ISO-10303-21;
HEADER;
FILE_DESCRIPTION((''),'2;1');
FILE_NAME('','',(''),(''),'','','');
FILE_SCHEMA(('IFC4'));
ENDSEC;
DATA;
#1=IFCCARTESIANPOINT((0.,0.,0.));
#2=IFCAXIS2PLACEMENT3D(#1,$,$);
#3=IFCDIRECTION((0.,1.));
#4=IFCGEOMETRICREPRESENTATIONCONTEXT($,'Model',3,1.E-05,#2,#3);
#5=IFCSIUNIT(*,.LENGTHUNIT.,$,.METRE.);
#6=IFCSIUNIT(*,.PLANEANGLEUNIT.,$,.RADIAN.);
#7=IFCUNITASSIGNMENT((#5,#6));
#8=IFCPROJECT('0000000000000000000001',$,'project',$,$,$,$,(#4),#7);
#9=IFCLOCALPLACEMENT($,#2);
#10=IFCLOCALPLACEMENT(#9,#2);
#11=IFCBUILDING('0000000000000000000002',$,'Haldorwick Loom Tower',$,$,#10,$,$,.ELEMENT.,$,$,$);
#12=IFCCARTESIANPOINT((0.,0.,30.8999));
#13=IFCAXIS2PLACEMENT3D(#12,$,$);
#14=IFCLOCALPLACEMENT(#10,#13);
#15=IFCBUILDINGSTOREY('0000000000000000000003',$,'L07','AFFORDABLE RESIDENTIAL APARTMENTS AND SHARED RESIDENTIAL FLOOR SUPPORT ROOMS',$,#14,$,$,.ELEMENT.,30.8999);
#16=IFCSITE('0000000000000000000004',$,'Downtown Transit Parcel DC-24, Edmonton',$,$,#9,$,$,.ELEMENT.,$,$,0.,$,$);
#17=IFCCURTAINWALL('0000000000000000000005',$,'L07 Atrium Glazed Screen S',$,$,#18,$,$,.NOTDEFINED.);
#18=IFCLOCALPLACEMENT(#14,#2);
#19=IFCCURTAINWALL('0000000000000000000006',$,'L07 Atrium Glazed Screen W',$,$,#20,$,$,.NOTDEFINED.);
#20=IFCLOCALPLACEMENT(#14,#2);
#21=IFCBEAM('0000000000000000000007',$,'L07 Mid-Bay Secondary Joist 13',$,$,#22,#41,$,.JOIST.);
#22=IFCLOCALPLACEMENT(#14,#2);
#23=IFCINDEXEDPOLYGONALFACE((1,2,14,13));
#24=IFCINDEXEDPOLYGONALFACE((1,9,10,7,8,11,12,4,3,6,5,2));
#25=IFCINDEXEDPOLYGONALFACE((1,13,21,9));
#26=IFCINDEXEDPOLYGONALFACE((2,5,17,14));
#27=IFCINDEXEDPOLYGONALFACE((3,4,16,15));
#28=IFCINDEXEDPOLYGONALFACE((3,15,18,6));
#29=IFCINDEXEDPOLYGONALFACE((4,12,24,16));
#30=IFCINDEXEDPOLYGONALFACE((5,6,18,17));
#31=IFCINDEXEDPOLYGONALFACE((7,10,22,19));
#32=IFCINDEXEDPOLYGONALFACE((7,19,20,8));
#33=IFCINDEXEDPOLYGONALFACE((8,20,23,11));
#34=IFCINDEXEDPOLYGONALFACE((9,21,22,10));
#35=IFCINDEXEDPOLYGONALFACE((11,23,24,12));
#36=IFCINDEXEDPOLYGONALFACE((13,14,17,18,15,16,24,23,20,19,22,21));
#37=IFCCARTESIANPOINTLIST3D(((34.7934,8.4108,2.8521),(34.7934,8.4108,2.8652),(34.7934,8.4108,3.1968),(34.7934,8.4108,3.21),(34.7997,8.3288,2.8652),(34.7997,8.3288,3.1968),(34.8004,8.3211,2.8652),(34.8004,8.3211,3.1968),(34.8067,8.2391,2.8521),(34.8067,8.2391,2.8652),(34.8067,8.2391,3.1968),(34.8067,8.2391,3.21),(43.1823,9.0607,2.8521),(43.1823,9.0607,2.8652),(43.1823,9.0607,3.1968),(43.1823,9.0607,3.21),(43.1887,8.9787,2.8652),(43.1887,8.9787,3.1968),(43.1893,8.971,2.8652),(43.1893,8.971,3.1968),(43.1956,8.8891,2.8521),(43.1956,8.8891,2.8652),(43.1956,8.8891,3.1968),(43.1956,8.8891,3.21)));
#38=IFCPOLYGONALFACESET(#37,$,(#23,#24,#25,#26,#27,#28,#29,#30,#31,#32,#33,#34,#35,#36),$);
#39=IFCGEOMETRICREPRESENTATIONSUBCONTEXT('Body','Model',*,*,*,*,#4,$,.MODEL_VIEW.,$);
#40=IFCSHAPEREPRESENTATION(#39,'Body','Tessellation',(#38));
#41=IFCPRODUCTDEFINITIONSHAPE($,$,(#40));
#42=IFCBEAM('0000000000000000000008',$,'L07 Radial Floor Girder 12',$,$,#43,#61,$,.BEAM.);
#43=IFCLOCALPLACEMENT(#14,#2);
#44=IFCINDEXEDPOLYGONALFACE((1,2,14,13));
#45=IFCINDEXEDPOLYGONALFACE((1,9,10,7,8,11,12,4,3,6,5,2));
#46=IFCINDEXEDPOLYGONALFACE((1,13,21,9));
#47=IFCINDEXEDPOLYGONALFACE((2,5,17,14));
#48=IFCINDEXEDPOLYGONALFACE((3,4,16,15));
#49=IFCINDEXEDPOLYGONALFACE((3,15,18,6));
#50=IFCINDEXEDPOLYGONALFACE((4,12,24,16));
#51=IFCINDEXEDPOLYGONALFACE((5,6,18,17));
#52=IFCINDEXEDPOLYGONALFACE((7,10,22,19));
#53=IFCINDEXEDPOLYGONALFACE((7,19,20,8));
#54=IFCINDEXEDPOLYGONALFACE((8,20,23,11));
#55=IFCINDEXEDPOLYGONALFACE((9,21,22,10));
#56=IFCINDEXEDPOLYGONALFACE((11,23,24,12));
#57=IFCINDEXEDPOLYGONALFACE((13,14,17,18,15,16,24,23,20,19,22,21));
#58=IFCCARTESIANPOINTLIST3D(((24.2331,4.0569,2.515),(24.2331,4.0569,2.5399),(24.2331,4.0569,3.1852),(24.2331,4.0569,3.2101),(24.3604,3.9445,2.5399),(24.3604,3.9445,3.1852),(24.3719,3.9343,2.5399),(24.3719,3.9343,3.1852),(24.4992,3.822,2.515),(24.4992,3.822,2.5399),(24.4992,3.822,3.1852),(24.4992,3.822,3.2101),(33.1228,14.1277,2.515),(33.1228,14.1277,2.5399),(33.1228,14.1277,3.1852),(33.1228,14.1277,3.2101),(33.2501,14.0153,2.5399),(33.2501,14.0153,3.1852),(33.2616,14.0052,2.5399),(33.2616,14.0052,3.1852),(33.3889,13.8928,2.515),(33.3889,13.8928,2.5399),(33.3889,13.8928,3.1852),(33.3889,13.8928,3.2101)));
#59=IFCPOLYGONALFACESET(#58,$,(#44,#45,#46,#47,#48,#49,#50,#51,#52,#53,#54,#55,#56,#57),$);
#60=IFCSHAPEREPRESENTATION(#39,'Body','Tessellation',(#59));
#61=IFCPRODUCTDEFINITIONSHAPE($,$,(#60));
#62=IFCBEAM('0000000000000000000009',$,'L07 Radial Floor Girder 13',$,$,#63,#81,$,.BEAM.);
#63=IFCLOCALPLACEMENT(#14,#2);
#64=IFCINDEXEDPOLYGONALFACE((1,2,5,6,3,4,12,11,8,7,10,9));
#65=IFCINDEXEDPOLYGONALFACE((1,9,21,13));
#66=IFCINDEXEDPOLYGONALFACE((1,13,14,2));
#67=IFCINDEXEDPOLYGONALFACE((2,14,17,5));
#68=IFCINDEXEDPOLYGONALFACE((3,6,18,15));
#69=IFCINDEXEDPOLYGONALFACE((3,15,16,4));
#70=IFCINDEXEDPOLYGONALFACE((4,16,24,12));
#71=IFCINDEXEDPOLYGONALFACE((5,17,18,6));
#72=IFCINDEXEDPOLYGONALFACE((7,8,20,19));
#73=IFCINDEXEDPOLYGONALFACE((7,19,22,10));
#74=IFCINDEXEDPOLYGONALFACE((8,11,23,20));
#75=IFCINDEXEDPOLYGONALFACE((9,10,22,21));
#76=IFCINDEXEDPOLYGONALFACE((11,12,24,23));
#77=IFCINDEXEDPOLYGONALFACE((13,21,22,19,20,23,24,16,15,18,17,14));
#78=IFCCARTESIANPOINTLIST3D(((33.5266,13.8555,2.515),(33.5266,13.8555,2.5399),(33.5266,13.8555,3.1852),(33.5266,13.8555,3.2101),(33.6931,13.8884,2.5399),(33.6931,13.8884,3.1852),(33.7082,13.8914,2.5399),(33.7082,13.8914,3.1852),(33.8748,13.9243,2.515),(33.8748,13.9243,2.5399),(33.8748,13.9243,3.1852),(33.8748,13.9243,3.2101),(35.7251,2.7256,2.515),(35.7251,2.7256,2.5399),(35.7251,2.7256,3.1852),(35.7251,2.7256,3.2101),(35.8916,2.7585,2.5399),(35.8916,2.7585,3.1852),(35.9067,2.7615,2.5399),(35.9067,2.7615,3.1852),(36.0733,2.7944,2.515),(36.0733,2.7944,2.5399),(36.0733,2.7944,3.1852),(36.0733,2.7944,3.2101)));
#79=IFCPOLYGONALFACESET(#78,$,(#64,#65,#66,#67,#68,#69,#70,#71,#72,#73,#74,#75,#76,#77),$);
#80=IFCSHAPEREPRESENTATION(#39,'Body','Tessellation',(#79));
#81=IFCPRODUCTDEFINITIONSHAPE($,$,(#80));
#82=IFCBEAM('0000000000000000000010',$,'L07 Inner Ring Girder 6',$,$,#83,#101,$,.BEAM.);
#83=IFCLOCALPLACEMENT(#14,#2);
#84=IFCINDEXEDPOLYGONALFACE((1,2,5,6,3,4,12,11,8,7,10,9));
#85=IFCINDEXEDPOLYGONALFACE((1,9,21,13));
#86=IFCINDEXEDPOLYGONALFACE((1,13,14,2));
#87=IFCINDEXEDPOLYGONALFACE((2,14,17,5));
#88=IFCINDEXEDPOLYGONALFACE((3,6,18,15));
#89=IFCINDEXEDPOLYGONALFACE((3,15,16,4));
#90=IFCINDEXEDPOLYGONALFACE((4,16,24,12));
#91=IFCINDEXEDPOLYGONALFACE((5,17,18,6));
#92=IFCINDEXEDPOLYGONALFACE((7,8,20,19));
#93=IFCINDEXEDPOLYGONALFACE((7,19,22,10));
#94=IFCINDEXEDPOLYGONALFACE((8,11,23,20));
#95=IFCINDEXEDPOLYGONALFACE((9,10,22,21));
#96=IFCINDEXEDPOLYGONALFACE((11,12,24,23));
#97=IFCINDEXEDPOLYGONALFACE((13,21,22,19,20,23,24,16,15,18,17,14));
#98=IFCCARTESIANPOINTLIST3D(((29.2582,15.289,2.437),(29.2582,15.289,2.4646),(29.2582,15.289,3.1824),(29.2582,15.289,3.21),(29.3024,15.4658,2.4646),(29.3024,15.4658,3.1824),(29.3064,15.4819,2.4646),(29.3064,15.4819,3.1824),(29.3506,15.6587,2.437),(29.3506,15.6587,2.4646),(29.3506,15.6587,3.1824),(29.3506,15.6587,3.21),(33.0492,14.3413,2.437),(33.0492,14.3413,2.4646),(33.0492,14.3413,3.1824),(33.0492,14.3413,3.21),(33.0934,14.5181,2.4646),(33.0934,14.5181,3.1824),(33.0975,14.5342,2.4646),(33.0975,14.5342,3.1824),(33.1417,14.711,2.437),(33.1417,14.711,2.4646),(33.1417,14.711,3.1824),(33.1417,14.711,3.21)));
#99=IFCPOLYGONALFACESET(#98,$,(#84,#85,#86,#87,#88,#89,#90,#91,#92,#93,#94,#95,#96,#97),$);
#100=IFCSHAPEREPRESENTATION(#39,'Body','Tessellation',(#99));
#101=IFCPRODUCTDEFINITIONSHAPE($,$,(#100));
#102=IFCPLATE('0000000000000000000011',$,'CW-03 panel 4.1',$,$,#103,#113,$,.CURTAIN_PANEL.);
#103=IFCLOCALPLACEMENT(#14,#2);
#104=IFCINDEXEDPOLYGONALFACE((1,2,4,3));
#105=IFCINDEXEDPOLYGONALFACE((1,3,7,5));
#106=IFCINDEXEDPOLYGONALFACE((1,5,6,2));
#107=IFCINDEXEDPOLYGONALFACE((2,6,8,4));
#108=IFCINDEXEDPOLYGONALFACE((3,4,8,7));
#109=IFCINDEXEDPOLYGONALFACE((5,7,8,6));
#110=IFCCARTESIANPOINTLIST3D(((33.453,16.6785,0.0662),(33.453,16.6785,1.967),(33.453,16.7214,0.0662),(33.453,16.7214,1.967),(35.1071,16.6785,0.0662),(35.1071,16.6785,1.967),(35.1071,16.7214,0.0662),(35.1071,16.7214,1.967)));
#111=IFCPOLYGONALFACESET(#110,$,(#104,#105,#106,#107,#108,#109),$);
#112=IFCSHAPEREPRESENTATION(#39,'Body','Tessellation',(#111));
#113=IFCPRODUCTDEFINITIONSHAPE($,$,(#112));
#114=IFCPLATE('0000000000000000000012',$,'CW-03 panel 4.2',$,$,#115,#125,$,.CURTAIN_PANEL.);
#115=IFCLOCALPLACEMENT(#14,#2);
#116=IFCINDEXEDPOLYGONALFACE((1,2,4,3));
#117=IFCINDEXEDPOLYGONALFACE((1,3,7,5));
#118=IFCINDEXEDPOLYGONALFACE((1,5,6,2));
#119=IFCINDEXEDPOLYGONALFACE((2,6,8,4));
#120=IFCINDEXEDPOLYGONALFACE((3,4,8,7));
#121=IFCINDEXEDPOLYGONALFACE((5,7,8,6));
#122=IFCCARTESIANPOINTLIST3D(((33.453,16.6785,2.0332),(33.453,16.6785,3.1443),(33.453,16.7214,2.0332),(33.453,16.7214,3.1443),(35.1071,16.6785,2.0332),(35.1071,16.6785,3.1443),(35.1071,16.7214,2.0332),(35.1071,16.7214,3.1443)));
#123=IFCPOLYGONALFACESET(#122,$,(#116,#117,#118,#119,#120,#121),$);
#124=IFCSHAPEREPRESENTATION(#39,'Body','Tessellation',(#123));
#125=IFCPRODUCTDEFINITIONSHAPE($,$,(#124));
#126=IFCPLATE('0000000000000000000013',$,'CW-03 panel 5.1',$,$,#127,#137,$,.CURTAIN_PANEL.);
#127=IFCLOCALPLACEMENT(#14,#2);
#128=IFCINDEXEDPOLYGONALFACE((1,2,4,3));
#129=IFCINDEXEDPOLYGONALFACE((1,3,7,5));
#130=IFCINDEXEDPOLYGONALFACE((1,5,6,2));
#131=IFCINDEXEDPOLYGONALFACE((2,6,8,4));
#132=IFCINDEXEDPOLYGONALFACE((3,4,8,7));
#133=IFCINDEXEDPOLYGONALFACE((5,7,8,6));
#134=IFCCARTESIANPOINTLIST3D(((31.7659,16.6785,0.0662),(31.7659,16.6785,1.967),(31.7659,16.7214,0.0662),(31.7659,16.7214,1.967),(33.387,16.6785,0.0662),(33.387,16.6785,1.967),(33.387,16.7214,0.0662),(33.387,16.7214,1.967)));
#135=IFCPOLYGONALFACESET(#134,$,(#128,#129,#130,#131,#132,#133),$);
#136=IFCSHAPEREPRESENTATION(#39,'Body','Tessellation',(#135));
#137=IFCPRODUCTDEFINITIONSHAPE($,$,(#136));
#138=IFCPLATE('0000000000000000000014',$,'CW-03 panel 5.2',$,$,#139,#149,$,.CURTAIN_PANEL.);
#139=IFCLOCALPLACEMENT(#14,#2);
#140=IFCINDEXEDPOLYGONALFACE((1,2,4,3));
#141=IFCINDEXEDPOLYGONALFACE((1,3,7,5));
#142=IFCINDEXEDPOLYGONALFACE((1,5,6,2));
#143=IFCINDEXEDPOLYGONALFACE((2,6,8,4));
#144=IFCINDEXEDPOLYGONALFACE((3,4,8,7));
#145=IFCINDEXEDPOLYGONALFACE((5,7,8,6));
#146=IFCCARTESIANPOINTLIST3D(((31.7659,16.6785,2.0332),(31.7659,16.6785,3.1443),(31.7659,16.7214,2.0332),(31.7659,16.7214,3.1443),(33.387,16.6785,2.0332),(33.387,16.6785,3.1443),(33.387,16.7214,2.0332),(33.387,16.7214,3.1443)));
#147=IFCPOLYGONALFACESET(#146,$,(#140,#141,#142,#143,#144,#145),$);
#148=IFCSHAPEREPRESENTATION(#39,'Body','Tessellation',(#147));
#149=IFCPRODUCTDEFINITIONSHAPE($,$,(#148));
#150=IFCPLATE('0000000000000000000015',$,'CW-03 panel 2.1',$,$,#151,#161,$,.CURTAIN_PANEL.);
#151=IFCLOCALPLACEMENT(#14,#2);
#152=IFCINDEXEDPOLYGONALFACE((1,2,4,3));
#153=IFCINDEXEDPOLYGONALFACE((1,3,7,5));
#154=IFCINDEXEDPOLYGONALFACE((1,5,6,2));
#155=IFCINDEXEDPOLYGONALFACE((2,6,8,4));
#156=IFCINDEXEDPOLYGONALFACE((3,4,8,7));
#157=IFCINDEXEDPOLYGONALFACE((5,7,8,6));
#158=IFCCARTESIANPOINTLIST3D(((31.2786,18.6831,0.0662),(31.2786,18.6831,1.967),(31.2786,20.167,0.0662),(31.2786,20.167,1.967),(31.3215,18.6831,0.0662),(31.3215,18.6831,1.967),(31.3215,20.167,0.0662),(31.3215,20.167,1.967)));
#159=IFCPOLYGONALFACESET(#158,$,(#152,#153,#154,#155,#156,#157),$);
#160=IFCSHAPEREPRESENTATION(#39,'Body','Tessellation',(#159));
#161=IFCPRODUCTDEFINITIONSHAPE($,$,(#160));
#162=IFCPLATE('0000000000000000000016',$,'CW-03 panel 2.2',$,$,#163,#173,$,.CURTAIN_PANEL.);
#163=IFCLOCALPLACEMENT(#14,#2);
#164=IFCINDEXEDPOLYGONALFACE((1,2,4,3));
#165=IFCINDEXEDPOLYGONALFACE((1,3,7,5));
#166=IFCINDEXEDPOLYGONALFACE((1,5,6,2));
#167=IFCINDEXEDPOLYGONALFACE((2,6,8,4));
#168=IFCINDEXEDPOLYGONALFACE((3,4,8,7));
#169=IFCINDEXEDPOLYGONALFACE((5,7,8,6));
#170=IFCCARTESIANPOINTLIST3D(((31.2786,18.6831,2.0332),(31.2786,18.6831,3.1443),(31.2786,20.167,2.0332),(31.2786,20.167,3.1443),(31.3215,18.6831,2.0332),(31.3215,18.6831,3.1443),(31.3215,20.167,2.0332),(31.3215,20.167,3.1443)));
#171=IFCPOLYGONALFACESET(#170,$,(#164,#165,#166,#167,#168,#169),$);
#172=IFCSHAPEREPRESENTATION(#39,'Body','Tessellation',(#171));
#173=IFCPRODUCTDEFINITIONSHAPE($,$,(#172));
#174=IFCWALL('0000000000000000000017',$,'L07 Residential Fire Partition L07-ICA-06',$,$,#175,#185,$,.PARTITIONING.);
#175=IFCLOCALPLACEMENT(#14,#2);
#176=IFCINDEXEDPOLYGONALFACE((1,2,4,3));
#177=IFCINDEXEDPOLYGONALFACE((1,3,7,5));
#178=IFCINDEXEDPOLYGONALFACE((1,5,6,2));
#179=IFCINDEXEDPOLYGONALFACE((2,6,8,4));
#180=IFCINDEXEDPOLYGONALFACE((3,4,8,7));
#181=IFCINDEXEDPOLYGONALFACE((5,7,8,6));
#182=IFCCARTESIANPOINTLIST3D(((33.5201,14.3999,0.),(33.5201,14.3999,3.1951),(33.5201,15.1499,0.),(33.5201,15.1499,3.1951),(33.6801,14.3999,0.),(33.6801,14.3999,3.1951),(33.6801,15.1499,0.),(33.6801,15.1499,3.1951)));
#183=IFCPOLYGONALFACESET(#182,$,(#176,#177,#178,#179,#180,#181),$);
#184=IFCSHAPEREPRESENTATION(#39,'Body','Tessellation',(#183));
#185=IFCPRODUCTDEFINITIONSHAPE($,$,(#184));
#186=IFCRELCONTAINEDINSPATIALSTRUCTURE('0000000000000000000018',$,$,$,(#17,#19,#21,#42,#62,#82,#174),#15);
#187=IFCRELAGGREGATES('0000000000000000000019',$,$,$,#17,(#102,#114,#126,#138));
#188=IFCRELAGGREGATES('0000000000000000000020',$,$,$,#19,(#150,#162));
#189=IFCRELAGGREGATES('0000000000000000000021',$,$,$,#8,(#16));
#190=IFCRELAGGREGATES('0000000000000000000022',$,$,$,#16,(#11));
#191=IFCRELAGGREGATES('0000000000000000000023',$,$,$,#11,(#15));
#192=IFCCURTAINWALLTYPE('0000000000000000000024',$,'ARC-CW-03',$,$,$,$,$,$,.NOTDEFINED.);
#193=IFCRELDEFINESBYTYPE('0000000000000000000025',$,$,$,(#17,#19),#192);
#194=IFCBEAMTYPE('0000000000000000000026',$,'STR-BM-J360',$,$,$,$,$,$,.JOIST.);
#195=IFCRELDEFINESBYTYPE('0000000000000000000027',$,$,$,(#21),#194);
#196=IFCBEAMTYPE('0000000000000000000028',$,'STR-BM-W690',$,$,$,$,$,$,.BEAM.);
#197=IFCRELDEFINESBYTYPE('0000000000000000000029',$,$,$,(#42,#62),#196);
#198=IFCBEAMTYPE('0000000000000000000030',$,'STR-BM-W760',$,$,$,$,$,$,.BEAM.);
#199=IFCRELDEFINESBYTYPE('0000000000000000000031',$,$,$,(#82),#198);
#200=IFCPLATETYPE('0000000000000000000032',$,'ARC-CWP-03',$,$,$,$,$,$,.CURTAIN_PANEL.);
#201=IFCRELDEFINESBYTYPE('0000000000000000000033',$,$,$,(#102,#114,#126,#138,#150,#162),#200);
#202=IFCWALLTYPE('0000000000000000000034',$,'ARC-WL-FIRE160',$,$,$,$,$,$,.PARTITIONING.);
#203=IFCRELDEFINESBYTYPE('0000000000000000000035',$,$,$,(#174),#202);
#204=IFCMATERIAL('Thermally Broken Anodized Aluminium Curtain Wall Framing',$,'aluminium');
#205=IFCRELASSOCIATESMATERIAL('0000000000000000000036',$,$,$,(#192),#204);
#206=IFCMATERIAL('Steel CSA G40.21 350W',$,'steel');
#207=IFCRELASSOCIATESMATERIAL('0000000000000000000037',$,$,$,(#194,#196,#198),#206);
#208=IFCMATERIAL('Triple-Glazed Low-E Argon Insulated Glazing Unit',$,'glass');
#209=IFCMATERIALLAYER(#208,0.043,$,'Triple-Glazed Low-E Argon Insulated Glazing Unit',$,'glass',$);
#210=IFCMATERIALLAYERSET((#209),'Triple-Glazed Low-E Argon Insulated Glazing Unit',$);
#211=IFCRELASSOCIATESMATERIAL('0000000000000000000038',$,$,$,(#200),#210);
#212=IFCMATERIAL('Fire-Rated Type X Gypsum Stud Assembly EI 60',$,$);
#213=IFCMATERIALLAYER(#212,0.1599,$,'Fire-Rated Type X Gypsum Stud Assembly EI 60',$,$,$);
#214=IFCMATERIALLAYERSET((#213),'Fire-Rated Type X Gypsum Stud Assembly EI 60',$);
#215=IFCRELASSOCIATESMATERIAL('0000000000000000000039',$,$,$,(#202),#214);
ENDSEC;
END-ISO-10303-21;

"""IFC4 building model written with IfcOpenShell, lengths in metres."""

from ifc_helpers import new_model, si_unit, direction, frame, frame_2d, origin, origin_2d, place, context, subcontext, project, spatial, rectangle, i_section, extrude, material, layer, layer_set, material_profile, profile_set, type_object, element, aggregate, save


model = new_model("IFC4")

# Units and contexts
model_context = context("Model", 3, precision=1e-05, world=origin(), true_north=direction((0.0, 1.0)))
body_context = subcontext(model_context, "Body", "Model", "MODEL_VIEW")
ifc_project = project(units=[si_unit("LENGTHUNIT", "METRE"), si_unit("PLANEANGLEUNIT", "RADIAN")], contexts=[model_context])

# Site, building, storey
site_placement = place(None, origin())
site = spatial("IfcSite", under=ifc_project, at=site_placement, Name="Downtown Transit Parcel DC-24, Edmonton", CompositionType="ELEMENT", RefElevation=0.0)
building_placement = place(site_placement, origin())
building = spatial("IfcBuilding", under=site, at=building_placement, Name="Haldorwick Loom Tower", CompositionType="ELEMENT")
storey_placement = place(building_placement, frame((0.0, 0.0, 30.8999)))
storey = spatial("IfcBuildingStorey", under=building, at=storey_placement, Name="L07", Description="AFFORDABLE RESIDENTIAL APARTMENTS AND SHARED RESIDENTIAL FLOOR SUPPORT ROOMS", CompositionType="ELEMENT", Elevation=30.8999)

# Curtain wall
ifc_material_1 = material(Name="Thermally Broken Anodized Aluminium Curtain Wall Framing", Category="aluminium")
curtain_wall_type = type_object("IfcCurtainWallType", Name="ARC-CW-03", PredefinedType="NOTDEFINED", material=ifc_material_1)
curtain_wall_1_placement = place(storey_placement, origin())
curtain_wall_1 = element("IfcCurtainWall", 1, at=curtain_wall_1_placement, inside=storey, type_object=curtain_wall_type, Name="L07 Atrium Glazed Screen S", PredefinedType="NOTDEFINED")

# Curtain wall
curtain_wall_2_placement = place(storey_placement, origin())
curtain_wall_2 = element("IfcCurtainWall", 2, at=curtain_wall_2_placement, inside=storey, type_object=curtain_wall_type, Name="L07 Atrium Glazed Screen W", PredefinedType="NOTDEFINED")

# Beams
ifc_material_2 = material(Name="Steel CSA G40.21 350W", Category="steel")
ifc_material_profile_1 = material_profile(ifc_material_2, i_section(OverallWidth=0.1721, OverallDepth=0.3579, WebThickness=0.0078, FlangeThickness=0.0132, at=origin_2d()), Name="W360X57", Category="steel")
ifc_profile_set_1 = profile_set([ifc_material_profile_1], Name="Steel CSA G40.21 350W")
beam_type_1 = type_object("IfcBeamType", Name="STR-BM-J360", PredefinedType="JOIST", material=ifc_profile_set_1)
beam_1_placement = place(storey_placement, frame((34.8, 8.325, 3.031), z_axis=(0.997013, 0.07724, 0.0), x_axis=(-0.07724, 0.997013, 0.0)))
element("IfcBeam", 3, at=beam_1_placement, inside=storey, type_object=beam_type_1, Name="L07 Mid-Bay Secondary Joist 13", PredefinedType="JOIST", context=body_context, shape_type="SweptSolid", body=[
    extrude(i_section(OverallWidth=0.1721, OverallDepth=0.3579, WebThickness=0.0078, FlangeThickness=0.0132, at=origin_2d()), origin(), (0.0, 0.0, 1.0), 8.4141),
])
ifc_material_profile_2 = material_profile(ifc_material_2, i_section(OverallWidth=0.355, OverallDepth=0.6951, WebThickness=0.0154, FlangeThickness=0.0249, at=origin_2d()), Name="W690X217", Category="steel")
ifc_profile_set_2 = profile_set([ifc_material_profile_2], Name="Steel CSA G40.21 350W")
beam_type_2 = type_object("IfcBeamType", Name="STR-BM-W690", PredefinedType="BEAM", material=ifc_profile_set_2)
beam_2_placement = place(storey_placement, frame((33.2559, 14.0103, 2.8625), z_axis=(-0.661774, -0.749703, 0.0), x_axis=(0.749703, -0.661774, 0.0)))
element("IfcBeam", 4, at=beam_2_placement, inside=storey, type_object=beam_type_2, Name="L07 Radial Floor Girder 12", PredefinedType="BEAM", context=body_context, shape_type="SweptSolid", body=[
    extrude(i_section(OverallWidth=0.355, OverallDepth=0.6951, WebThickness=0.0154, FlangeThickness=0.0249, at=origin_2d()), origin(), (0.0, 0.0, 1.0), 13.4331),
])
beam_3_placement = place(storey_placement, frame((33.7007, 13.8899, 2.8625), z_axis=(0.193786, -0.981044, 0.0), x_axis=(0.981044, 0.193786, 0.0)))
element("IfcBeam", 5, at=beam_3_placement, inside=storey, type_object=beam_type_2, Name="L07 Radial Floor Girder 13", PredefinedType="BEAM", context=body_context, shape_type="SweptSolid", body=[
    extrude(i_section(OverallWidth=0.355, OverallDepth=0.6951, WebThickness=0.0154, FlangeThickness=0.0249, at=origin_2d()), origin(), (0.0, 0.0, 1.0), 11.345),
])
ifc_material_profile_3 = material_profile(ifc_material_2, i_section(OverallWidth=0.3811, OverallDepth=0.7729, WebThickness=0.0166, FlangeThickness=0.0276, at=origin_2d()), Name="W760X257", Category="steel")
ifc_profile_set_3 = profile_set([ifc_material_profile_3], Name="Steel CSA G40.21 350W")
beam_type_3 = type_object("IfcBeamType", Name="STR-BM-W760", PredefinedType="BEAM", material=ifc_profile_set_3)
beam_4_placement = place(storey_placement, frame((33.0955, 14.5261, 2.8235), z_axis=(-0.970143, 0.242536, 0.0), x_axis=(-0.242536, -0.970143, 0.0)))
element("IfcBeam", 6, at=beam_4_placement, inside=storey, type_object=beam_type_3, Name="L07 Inner Ring Girder 6", PredefinedType="BEAM", context=body_context, shape_type="SweptSolid", body=[
    extrude(i_section(OverallWidth=0.3811, OverallDepth=0.7729, WebThickness=0.0166, FlangeThickness=0.0276, at=origin_2d()), origin(), (0.0, 0.0, 1.0), 3.9077),
])

# Plates
ifc_material_3 = material(Name="Triple-Glazed Low-E Argon Insulated Glazing Unit", Category="glass")
ifc_layer_1 = layer(ifc_material_3, 0.043, Name="Triple-Glazed Low-E Argon Insulated Glazing Unit", Category="glass")
ifc_layer_set_1 = layer_set([ifc_layer_1], Name="Triple-Glazed Low-E Argon Insulated Glazing Unit")
plate_type = type_object("IfcPlateType", Name="ARC-CWP-03", PredefinedType="CURTAIN_PANEL", material=ifc_layer_set_1)
plate_1_placement = place(storey_placement, frame((34.28, 16.7, 0.0662), z_axis=(0.0, 0.0, 1.0), x_axis=(-1.0, 0.0, 0.0)))
plate_1 = element("IfcPlate", 7, at=plate_1_placement, type_object=plate_type, Name="CW-03 panel 4.1", PredefinedType="CURTAIN_PANEL", context=body_context, shape_type="SweptSolid", body=[
    extrude(rectangle(XDim=1.6541, YDim=0.043, at=origin_2d()), origin(), (0.0, 0.0, 1.0), 1.9009),
])
plate_2_placement = place(storey_placement, frame((34.28, 16.7, 2.0332), z_axis=(0.0, 0.0, 1.0), x_axis=(-1.0, 0.0, 0.0)))
plate_2 = element("IfcPlate", 8, at=plate_2_placement, type_object=plate_type, Name="CW-03 panel 4.2", PredefinedType="CURTAIN_PANEL", context=body_context, shape_type="SweptSolid", body=[
    extrude(rectangle(XDim=1.6541, YDim=0.043, at=origin_2d()), origin(), (0.0, 0.0, 1.0), 1.1111),
])
plate_3_placement = place(storey_placement, frame((32.5764, 16.7, 0.0662), z_axis=(0.0, 0.0, 1.0), x_axis=(-1.0, 0.0, 0.0)))
plate_3 = element("IfcPlate", 9, at=plate_3_placement, type_object=plate_type, Name="CW-03 panel 5.1", PredefinedType="CURTAIN_PANEL", context=body_context, shape_type="SweptSolid", body=[
    extrude(rectangle(XDim=1.6211, YDim=0.043, at=origin_2d()), origin(), (0.0, 0.0, 1.0), 1.9009),
])
plate_4_placement = place(storey_placement, frame((32.5764, 16.7, 2.0332), z_axis=(0.0, 0.0, 1.0), x_axis=(-1.0, 0.0, 0.0)))
plate_4 = element("IfcPlate", 10, at=plate_4_placement, type_object=plate_type, Name="CW-03 panel 5.2", PredefinedType="CURTAIN_PANEL", context=body_context, shape_type="SweptSolid", body=[
    extrude(rectangle(XDim=1.6211, YDim=0.043, at=origin_2d()), origin(), (0.0, 0.0, 1.0), 1.1111),
])
aggregate(curtain_wall_1, [plate_1, plate_2, plate_3, plate_4])
plate_5_placement = place(storey_placement, frame((31.3, 19.425, 0.0662), z_axis=(0.0, 0.0, 1.0), x_axis=(0.0, 1.0, 0.0)))
plate_5 = element("IfcPlate", 11, at=plate_5_placement, type_object=plate_type, Name="CW-03 panel 2.1", PredefinedType="CURTAIN_PANEL", context=body_context, shape_type="SweptSolid", body=[
    extrude(rectangle(XDim=1.4839, YDim=0.043, at=origin_2d()), origin(), (0.0, 0.0, 1.0), 1.9009),
])
plate_6_placement = place(storey_placement, frame((31.3, 19.425, 2.0332), z_axis=(0.0, 0.0, 1.0), x_axis=(0.0, 1.0, 0.0)))
plate_6 = element("IfcPlate", 12, at=plate_6_placement, type_object=plate_type, Name="CW-03 panel 2.2", PredefinedType="CURTAIN_PANEL", context=body_context, shape_type="SweptSolid", body=[
    extrude(rectangle(XDim=1.4839, YDim=0.043, at=origin_2d()), origin(), (0.0, 0.0, 1.0), 1.1111),
])
aggregate(curtain_wall_2, [plate_5, plate_6])

# Wall
ifc_material_4 = material(Name="Fire-Rated Type X Gypsum Stud Assembly EI 60")
ifc_layer_2 = layer(ifc_material_4, 0.1599, Name="Fire-Rated Type X Gypsum Stud Assembly EI 60")
ifc_layer_set_2 = layer_set([ifc_layer_2], Name="Fire-Rated Type X Gypsum Stud Assembly EI 60")
wall_type = type_object("IfcWallType", Name="ARC-WL-FIRE160", PredefinedType="PARTITIONING", material=ifc_layer_set_2)
wall_1_placement = place(storey_placement, frame((33.6001, 15.1499, 0.0), z_axis=(0.0, 0.0, 1.0), x_axis=(0.0, -1.0, 0.0)))
element("IfcWall", 13, at=wall_1_placement, inside=storey, type_object=wall_type, Name="L07 Residential Fire Partition L07-ICA-06", PredefinedType="PARTITIONING", context=body_context, shape_type="SweptSolid", body=[
    extrude(rectangle(XDim=0.75, YDim=0.1599, at=frame_2d((0.375, 0.0))), origin(), (0.0, 0.0, 1.0), 3.1951),
])

save(model, "model.ifc")
